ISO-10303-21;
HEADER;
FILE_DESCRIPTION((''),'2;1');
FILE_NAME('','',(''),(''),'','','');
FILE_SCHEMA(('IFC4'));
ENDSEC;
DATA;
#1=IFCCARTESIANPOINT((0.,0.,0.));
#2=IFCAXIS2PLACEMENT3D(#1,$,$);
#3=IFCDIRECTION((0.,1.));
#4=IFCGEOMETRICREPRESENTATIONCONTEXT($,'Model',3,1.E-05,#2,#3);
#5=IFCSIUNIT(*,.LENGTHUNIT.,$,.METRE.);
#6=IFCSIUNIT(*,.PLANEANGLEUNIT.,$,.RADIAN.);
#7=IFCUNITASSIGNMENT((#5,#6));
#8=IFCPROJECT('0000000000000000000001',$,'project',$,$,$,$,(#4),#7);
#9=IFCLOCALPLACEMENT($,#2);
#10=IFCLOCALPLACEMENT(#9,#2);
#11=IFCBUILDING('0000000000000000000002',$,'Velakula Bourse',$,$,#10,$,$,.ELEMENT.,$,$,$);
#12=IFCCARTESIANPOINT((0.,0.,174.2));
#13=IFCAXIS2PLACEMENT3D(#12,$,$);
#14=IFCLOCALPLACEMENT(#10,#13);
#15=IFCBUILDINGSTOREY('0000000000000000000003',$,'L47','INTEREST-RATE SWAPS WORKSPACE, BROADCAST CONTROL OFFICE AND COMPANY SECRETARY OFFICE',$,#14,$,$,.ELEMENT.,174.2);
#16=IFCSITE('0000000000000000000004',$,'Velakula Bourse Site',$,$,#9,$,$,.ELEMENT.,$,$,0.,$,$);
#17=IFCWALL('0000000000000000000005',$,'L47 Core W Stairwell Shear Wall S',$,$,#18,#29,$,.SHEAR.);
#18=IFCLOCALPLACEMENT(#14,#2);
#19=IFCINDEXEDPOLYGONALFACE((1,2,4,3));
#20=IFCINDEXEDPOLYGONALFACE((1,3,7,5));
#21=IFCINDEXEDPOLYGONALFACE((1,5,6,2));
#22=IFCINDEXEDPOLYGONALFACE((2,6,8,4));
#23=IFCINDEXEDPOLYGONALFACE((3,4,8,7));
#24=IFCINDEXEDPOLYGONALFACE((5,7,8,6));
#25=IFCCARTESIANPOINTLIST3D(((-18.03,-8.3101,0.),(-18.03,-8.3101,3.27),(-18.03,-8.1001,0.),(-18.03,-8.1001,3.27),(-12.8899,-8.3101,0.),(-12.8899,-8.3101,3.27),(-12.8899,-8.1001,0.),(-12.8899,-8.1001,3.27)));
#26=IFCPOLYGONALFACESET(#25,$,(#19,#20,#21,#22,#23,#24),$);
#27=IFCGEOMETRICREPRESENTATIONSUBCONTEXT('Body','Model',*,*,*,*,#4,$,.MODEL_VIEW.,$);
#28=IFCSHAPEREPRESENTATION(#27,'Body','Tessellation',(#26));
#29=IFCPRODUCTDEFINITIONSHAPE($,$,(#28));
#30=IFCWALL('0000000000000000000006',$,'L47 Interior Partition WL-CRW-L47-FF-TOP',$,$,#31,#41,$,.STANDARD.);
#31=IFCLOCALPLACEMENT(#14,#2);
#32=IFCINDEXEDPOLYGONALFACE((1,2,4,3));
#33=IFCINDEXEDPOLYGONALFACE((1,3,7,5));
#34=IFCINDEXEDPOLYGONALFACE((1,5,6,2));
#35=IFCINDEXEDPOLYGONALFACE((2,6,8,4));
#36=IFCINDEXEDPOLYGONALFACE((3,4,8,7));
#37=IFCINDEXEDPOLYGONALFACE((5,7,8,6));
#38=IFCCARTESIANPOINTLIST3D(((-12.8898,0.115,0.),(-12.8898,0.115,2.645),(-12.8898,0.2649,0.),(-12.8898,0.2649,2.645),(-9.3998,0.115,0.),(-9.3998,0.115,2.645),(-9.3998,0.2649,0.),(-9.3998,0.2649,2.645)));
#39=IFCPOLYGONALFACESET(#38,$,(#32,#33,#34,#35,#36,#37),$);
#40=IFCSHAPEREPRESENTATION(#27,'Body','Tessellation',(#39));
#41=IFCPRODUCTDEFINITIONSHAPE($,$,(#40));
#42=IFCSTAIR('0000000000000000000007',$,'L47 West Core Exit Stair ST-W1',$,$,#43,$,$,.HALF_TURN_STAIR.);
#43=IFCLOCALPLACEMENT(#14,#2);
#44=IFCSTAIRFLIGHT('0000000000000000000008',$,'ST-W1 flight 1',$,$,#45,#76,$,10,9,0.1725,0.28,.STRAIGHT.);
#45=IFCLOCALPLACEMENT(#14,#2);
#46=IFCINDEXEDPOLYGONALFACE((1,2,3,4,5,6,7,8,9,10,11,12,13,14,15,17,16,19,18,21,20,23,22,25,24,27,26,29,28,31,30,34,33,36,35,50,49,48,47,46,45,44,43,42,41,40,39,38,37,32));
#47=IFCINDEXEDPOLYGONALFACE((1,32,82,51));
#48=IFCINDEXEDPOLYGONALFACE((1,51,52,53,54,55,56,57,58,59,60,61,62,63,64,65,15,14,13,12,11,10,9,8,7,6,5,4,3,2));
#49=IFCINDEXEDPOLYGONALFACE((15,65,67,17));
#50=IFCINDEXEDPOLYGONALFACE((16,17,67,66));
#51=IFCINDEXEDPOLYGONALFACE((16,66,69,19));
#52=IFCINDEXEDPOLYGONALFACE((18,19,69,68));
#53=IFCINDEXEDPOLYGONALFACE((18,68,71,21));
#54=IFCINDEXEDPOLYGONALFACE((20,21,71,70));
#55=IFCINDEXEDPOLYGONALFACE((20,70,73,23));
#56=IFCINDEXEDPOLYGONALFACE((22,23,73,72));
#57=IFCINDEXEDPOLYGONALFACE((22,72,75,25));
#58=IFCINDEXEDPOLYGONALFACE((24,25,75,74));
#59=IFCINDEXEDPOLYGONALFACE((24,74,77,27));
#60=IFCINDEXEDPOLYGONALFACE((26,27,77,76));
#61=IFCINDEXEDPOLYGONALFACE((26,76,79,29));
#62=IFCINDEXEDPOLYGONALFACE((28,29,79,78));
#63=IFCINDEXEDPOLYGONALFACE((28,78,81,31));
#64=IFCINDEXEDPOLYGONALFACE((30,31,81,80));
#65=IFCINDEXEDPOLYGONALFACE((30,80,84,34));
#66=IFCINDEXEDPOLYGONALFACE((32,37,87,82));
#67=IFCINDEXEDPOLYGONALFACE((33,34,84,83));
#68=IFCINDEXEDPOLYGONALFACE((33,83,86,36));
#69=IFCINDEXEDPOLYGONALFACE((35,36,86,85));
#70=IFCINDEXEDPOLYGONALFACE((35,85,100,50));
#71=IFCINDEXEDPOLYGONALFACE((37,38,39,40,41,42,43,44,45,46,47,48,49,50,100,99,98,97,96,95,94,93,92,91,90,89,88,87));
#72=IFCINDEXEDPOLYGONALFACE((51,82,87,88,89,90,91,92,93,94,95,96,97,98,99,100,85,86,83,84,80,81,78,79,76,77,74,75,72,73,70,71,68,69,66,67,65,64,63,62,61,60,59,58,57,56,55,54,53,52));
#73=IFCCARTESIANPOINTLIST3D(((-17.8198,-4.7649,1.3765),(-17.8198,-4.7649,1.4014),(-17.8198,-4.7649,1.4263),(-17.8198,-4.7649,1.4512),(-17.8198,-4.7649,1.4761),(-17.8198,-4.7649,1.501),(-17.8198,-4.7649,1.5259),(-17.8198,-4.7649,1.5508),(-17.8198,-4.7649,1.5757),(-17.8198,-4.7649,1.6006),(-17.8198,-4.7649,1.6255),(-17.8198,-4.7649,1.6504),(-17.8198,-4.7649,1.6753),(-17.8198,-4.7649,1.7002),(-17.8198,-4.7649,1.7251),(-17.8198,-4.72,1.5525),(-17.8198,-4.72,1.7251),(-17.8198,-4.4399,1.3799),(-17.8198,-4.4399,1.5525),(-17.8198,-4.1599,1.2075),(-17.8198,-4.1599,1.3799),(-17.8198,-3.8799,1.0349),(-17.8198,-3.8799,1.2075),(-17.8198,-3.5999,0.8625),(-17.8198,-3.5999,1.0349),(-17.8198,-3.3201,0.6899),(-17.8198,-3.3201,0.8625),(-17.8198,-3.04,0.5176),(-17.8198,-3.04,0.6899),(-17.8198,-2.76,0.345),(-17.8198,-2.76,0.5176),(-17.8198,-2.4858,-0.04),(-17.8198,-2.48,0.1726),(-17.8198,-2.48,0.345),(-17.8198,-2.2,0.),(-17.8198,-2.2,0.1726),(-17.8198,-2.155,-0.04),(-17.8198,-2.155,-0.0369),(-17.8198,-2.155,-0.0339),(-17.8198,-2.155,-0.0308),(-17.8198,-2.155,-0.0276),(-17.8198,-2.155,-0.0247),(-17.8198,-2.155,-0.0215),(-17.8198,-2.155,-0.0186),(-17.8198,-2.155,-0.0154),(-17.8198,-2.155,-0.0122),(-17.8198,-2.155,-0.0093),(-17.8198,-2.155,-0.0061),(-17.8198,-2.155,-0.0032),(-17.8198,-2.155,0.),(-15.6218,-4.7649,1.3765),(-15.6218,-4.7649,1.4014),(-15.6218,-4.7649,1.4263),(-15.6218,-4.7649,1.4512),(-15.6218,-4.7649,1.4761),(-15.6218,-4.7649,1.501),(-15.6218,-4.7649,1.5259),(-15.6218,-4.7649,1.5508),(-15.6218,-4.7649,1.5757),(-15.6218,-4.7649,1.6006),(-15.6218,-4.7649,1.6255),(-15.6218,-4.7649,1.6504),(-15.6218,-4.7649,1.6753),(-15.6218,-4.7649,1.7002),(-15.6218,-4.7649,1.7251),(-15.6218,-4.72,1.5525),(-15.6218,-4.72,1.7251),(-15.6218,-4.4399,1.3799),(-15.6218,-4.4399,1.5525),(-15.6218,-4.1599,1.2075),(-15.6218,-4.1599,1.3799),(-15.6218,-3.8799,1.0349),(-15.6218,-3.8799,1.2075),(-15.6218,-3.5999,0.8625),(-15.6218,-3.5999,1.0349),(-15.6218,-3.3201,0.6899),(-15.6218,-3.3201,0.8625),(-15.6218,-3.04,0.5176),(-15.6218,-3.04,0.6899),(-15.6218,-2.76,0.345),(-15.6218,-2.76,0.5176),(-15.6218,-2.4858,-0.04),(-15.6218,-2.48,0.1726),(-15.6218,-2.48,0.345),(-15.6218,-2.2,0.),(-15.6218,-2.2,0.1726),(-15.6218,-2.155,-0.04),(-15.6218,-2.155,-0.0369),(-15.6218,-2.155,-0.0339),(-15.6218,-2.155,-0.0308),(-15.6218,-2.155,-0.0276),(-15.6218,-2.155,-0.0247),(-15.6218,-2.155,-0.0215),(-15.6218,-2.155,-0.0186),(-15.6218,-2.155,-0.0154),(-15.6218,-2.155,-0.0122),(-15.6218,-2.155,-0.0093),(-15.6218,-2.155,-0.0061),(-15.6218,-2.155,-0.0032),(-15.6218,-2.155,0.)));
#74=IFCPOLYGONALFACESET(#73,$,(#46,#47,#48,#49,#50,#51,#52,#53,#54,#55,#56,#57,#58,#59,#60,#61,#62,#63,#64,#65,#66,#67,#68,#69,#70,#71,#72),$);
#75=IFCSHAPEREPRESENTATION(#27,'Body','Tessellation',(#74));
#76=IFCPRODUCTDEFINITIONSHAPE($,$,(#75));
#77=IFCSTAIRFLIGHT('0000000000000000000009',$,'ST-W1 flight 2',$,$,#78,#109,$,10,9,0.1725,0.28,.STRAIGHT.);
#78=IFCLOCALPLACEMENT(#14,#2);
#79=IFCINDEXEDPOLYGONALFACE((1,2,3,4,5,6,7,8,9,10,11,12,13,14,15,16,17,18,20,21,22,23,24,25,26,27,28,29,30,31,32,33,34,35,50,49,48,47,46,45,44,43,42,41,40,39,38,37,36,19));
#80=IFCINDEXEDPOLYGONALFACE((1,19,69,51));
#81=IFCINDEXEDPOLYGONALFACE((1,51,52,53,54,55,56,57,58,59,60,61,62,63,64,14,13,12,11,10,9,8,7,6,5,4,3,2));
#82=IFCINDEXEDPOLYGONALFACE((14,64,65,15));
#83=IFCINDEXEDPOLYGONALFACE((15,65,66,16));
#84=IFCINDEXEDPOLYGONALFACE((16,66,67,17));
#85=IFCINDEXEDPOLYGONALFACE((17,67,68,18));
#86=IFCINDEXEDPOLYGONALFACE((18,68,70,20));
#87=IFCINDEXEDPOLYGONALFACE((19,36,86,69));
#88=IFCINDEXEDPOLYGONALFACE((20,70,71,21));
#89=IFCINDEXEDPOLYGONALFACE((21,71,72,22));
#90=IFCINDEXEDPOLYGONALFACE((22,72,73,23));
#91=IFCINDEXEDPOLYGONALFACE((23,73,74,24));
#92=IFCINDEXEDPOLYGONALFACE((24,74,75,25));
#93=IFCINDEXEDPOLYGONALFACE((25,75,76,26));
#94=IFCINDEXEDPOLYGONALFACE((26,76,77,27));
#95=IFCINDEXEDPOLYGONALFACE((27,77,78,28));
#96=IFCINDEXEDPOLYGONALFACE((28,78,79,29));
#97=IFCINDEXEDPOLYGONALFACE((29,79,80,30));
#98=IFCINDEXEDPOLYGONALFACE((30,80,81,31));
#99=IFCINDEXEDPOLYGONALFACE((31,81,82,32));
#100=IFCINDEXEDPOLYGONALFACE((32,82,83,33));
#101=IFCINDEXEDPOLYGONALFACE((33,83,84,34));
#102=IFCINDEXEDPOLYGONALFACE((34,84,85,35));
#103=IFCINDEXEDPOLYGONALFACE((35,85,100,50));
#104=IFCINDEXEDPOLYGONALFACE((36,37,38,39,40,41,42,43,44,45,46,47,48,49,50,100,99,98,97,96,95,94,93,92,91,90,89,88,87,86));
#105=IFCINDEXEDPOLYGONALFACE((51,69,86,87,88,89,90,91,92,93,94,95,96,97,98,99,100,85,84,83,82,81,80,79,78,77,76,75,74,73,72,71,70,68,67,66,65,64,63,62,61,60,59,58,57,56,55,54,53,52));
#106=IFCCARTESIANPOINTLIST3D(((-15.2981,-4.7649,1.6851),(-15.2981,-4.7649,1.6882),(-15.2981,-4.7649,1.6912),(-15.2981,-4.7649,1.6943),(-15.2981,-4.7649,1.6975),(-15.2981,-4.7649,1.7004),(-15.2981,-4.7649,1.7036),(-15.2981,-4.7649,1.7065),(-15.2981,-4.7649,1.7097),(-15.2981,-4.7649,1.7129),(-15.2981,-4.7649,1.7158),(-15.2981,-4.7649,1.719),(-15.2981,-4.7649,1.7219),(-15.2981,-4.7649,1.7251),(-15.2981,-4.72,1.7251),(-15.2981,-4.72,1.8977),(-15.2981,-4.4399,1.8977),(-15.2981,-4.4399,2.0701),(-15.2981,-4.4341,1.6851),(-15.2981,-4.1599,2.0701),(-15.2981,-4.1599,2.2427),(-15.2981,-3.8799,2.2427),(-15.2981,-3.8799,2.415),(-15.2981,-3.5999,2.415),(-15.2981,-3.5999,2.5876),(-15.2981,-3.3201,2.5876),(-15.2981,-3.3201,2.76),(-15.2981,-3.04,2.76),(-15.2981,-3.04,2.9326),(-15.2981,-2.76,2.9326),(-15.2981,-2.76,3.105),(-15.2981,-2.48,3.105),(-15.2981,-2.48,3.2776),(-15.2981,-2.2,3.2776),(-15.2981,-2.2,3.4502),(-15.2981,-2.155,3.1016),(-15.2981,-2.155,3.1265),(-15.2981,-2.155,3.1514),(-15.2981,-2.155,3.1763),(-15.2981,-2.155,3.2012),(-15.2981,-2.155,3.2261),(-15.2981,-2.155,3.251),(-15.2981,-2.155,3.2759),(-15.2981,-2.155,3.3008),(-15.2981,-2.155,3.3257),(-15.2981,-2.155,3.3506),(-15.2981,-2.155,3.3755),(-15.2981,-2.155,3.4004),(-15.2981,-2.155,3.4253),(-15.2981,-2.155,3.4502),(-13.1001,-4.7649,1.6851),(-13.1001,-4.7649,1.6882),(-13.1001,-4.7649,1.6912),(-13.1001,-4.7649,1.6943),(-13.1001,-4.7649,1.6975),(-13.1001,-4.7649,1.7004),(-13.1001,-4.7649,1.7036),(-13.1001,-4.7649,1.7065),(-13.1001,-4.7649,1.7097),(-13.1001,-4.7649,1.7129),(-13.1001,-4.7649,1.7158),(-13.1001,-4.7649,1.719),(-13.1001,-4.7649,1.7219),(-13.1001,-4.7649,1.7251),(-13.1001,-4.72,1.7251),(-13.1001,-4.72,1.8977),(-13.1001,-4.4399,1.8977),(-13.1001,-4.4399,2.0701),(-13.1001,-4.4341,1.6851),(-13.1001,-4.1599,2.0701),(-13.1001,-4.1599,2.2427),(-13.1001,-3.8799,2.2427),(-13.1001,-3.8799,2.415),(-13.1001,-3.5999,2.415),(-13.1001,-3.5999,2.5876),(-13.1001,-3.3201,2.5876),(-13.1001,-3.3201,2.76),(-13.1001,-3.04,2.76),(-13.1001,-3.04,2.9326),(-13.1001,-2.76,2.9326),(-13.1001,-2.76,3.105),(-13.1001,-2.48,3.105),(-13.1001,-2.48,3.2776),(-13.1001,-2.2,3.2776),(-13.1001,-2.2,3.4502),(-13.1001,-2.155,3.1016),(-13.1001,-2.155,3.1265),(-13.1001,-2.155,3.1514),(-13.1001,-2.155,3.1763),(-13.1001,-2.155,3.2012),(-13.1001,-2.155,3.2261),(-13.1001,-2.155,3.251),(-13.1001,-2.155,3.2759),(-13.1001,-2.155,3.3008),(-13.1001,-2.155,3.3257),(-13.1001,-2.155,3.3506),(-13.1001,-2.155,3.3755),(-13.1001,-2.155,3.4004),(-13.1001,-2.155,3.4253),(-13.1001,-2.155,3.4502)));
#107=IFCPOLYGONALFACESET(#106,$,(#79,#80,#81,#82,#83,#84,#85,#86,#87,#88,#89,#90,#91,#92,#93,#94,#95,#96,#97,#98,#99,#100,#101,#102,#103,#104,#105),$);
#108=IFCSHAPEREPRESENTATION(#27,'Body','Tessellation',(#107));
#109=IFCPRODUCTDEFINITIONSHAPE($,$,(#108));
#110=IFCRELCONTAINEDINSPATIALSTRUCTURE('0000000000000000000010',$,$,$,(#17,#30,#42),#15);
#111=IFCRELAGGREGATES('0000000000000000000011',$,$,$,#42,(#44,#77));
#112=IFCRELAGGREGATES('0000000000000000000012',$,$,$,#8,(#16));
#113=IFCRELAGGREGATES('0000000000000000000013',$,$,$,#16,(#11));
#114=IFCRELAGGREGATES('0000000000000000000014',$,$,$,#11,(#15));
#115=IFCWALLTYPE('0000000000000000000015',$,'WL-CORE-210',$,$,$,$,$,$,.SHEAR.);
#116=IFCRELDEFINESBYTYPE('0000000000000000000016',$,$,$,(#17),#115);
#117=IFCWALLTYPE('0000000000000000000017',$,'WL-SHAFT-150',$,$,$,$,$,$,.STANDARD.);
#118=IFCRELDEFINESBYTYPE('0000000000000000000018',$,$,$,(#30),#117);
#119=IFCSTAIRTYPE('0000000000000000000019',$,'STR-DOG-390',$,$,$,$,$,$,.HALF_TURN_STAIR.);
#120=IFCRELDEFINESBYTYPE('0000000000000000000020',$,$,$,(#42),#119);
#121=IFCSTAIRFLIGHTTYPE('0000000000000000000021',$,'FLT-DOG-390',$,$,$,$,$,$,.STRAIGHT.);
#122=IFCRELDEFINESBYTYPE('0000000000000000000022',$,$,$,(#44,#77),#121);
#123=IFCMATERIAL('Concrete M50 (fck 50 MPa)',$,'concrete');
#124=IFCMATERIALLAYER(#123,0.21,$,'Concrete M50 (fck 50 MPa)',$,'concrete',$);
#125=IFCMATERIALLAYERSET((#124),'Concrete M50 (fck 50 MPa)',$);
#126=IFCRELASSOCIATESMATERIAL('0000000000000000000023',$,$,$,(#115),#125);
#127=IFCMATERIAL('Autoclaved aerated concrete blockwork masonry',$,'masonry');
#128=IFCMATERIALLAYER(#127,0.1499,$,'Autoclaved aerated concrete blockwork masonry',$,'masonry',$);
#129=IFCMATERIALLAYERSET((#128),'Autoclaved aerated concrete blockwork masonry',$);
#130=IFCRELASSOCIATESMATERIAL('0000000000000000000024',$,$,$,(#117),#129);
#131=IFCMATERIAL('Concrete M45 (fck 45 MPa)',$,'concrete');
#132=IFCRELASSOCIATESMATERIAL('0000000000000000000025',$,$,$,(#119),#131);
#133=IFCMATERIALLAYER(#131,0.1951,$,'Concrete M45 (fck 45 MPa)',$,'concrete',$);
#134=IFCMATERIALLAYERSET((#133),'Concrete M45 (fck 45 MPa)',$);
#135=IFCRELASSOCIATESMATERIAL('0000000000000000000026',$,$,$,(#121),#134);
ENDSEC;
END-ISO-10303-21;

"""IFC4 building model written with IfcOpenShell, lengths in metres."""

from ifc_helpers import new_model, si_unit, direction, frame, frame_2d, origin, place, context, subcontext, project, spatial, polyline, rectangle, outline, extrude, material, layer, layer_set, type_object, element, aggregate, save


model = new_model("IFC4")

# Units and contexts
model_context = context("Model", 3, precision=1e-05, world=origin(), true_north=direction((0.0, 1.0)))
body_context = subcontext(model_context, "Body", "Model", "MODEL_VIEW")
ifc_project = project(units=[si_unit("LENGTHUNIT", "METRE"), si_unit("PLANEANGLEUNIT", "RADIAN")], contexts=[model_context])

# Site, building, storey
site_placement = place(None, origin())
site = spatial("IfcSite", under=ifc_project, at=site_placement, Name="Velakula Bourse Site", CompositionType="ELEMENT", RefElevation=0.0)
building_placement = place(site_placement, origin())
building = spatial("IfcBuilding", under=site, at=building_placement, Name="Velakula Bourse", CompositionType="ELEMENT")
storey_placement = place(building_placement, frame((0.0, 0.0, 174.2)))
storey = spatial("IfcBuildingStorey", under=building, at=storey_placement, Name="L47", Description="INTEREST-RATE SWAPS WORKSPACE, BROADCAST CONTROL OFFICE AND COMPANY SECRETARY OFFICE", CompositionType="ELEMENT", Elevation=174.2)

# Shared definitions
ifc_material_1 = material(Name="Concrete M50 (fck 50 MPa)", Category="concrete")

# Shared definitions
ifc_layer_1 = layer(ifc_material_1, 0.21, Name="Concrete M50 (fck 50 MPa)", Category="concrete")
ifc_layer_set_1 = layer_set([ifc_layer_1], Name="Concrete M50 (fck 50 MPa)")
wall_type_1 = type_object("IfcWallType", Name="WL-CORE-210", PredefinedType="SHEAR", material=ifc_layer_set_1)

# Wall
wall_1_placement = place(storey_placement, frame((-18.03, -8.2051, 0.0), z_axis=(0.0, 0.0, 1.0), x_axis=(1.0, 0.0, 0.0)))
element("IfcWall", 1, at=wall_1_placement, inside=storey, type_object=wall_type_1, Name="L47 Core W Stairwell Shear Wall S", PredefinedType="SHEAR", context=body_context, shape_type="SweptSolid", body=[
    extrude(rectangle(XDim=5.1401, YDim=0.21, at=frame_2d((2.5701, 0.0))), origin(), (0.0, 0.0, 1.0), 3.27),
])

# Shared definitions
ifc_material_2 = material(Name="Autoclaved aerated concrete blockwork masonry", Category="masonry")
ifc_layer_2 = layer(ifc_material_2, 0.1499, Name="Autoclaved aerated concrete blockwork masonry", Category="masonry")
ifc_layer_set_2 = layer_set([ifc_layer_2], Name="Autoclaved aerated concrete blockwork masonry")
wall_type_2 = type_object("IfcWallType", Name="WL-SHAFT-150", PredefinedType="STANDARD", material=ifc_layer_set_2)

# Wall
wall_2_placement = place(storey_placement, frame((-12.8899, 0.1899, 0.0), z_axis=(0.0, 0.0, 1.0), x_axis=(1.0, 0.0, 0.0)))
element("IfcWall", 2, at=wall_2_placement, inside=storey, type_object=wall_type_2, Name="L47 Interior Partition WL-CRW-L47-FF-TOP", PredefinedType="STANDARD", context=body_context, shape_type="SweptSolid", body=[
    extrude(rectangle(XDim=3.49, YDim=0.1499, at=frame_2d((1.7451, 0.0))), origin(), (0.0, 0.0, 1.0), 2.645),
])

# Stair, stair flights
ifc_material_3 = material(Name="Concrete M45 (fck 45 MPa)", Category="concrete")
stair_type = type_object("IfcStairType", Name="STR-DOG-390", PredefinedType="HALF_TURN_STAIR", material=ifc_material_3)
stair_placement = place(storey_placement, origin())
stair = element("IfcStair", 3, at=stair_placement, inside=storey, type_object=stair_type, Name="L47 West Core Exit Stair ST-W1", PredefinedType="HALF_TURN_STAIR")
ifc_layer_3 = layer(ifc_material_3, 0.1951, Name="Concrete M45 (fck 45 MPa)", Category="concrete")
ifc_layer_set_3 = layer_set([ifc_layer_3], Name="Concrete M45 (fck 45 MPa)")
stair_flight_type = type_object("IfcStairFlightType", Name="FLT-DOG-390", PredefinedType="STRAIGHT", material=ifc_layer_set_3)
stair_flight_1_placement = place(storey_placement, frame((-16.7209, -2.2, 0.0), z_axis=(0.0, 0.0, 1.0), x_axis=(0.0, -1.0, 0.0)))
stair_flight_1 = element("IfcStairFlight", 4, at=stair_flight_1_placement, type_object=stair_flight_type, Name="ST-W1 flight 1", NumberOfRisers=10, NumberOfTreads=9, PredefinedType="STRAIGHT", RiserHeight=0.1725, TreadLength=0.28, context=body_context, shape_type="SweptSolid", body=[
    extrude(outline(polyline([(-0.0449, -0.04), (-0.0449, -0.0369), (-0.0449, -0.0339), (-0.0449, -0.0308), (-0.0449, -0.0276), (-0.0449, -0.0247), (-0.0449, -0.0215), (-0.0449, -0.0186), (-0.0449, -0.0154), (-0.0449, -0.0122), (-0.0449, -0.0093), (-0.0449, -0.0061), (-0.0449, -0.0032), (-0.0449, 0.0), (0.0, 0.0), (0.0, 0.1726), (0.28, 0.1726), (0.28, 0.345), (0.5601, 0.345), (0.5601, 0.5176), (0.8401, 0.5176), (0.8401, 0.6899), (1.1201, 0.6899), (1.1201, 0.8625), (1.3999, 0.8625), (1.3999, 1.0349), (1.6799, 1.0349), (1.6799, 1.2075), (1.96, 1.2075), (1.96, 1.3799), (2.24, 1.3799), (2.24, 1.5525), (2.52, 1.5525), (2.52, 1.7251), (2.5649, 1.7251), (2.5649, 1.7002), (2.5649, 1.6753), (2.5649, 1.6504), (2.5649, 1.6255), (2.5649, 1.6006), (2.5649, 1.5757), (2.5649, 1.5508), (2.5649, 1.5259), (2.5649, 1.501), (2.5649, 1.4761), (2.5649, 1.4512), (2.5649, 1.4263), (2.5649, 1.4014), (2.5649, 1.3765), (0.2859, -0.04), (-0.0449, -0.04)])), frame((0.0, 1.0991, 0.0), z_axis=(0.0, -1.0, 0.0), x_axis=(1.0, 0.0, 0.0)), (0.0, 0.0, 1.0), 2.198),
])
stair_flight_2_placement = place(storey_placement, frame((-14.199, -4.72, 1.7251), z_axis=(0.0, 0.0, 1.0), x_axis=(0.0, 1.0, 0.0)))
stair_flight_2 = element("IfcStairFlight", 5, at=stair_flight_2_placement, type_object=stair_flight_type, Name="ST-W1 flight 2", NumberOfRisers=10, NumberOfTreads=9, PredefinedType="STRAIGHT", RiserHeight=0.1725, TreadLength=0.28, context=body_context, shape_type="SweptSolid", body=[
    extrude(outline(polyline([(-0.0449, -0.04), (-0.0449, -0.0369), (-0.0449, -0.0339), (-0.0449, -0.0308), (-0.0449, -0.0276), (-0.0449, -0.0247), (-0.0449, -0.0215), (-0.0449, -0.0186), (-0.0449, -0.0154), (-0.0449, -0.0122), (-0.0449, -0.0093), (-0.0449, -0.0061), (-0.0449, -0.0032), (-0.0449, 0.0), (0.0, 0.0), (0.0, 0.1726), (0.28, 0.1726), (0.28, 0.345), (0.5601, 0.345), (0.5601, 0.5176), (0.8401, 0.5176), (0.8401, 0.6899), (1.1201, 0.6899), (1.1201, 0.8625), (1.3999, 0.8625), (1.3999, 1.0349), (1.6799, 1.0349), (1.6799, 1.2075), (1.96, 1.2075), (1.96, 1.3799), (2.24, 1.3799), (2.24, 1.5525), (2.52, 1.5525), (2.52, 1.7251), (2.5649, 1.7251), (2.5649, 1.7002), (2.5649, 1.6753), (2.5649, 1.6504), (2.5649, 1.6255), (2.5649, 1.6006), (2.5649, 1.5757), (2.5649, 1.5508), (2.5649, 1.5259), (2.5649, 1.501), (2.5649, 1.4761), (2.5649, 1.4512), (2.5649, 1.4263), (2.5649, 1.4014), (2.5649, 1.3765), (0.2859, -0.04), (-0.0449, -0.04)])), frame((0.0, 1.0991, 0.0), z_axis=(0.0, -1.0, 0.0), x_axis=(1.0, 0.0, 0.0)), (0.0, 0.0, 1.0), 2.198),
])
aggregate(stair, [stair_flight_1, stair_flight_2])

save(model, "model.ifc")
